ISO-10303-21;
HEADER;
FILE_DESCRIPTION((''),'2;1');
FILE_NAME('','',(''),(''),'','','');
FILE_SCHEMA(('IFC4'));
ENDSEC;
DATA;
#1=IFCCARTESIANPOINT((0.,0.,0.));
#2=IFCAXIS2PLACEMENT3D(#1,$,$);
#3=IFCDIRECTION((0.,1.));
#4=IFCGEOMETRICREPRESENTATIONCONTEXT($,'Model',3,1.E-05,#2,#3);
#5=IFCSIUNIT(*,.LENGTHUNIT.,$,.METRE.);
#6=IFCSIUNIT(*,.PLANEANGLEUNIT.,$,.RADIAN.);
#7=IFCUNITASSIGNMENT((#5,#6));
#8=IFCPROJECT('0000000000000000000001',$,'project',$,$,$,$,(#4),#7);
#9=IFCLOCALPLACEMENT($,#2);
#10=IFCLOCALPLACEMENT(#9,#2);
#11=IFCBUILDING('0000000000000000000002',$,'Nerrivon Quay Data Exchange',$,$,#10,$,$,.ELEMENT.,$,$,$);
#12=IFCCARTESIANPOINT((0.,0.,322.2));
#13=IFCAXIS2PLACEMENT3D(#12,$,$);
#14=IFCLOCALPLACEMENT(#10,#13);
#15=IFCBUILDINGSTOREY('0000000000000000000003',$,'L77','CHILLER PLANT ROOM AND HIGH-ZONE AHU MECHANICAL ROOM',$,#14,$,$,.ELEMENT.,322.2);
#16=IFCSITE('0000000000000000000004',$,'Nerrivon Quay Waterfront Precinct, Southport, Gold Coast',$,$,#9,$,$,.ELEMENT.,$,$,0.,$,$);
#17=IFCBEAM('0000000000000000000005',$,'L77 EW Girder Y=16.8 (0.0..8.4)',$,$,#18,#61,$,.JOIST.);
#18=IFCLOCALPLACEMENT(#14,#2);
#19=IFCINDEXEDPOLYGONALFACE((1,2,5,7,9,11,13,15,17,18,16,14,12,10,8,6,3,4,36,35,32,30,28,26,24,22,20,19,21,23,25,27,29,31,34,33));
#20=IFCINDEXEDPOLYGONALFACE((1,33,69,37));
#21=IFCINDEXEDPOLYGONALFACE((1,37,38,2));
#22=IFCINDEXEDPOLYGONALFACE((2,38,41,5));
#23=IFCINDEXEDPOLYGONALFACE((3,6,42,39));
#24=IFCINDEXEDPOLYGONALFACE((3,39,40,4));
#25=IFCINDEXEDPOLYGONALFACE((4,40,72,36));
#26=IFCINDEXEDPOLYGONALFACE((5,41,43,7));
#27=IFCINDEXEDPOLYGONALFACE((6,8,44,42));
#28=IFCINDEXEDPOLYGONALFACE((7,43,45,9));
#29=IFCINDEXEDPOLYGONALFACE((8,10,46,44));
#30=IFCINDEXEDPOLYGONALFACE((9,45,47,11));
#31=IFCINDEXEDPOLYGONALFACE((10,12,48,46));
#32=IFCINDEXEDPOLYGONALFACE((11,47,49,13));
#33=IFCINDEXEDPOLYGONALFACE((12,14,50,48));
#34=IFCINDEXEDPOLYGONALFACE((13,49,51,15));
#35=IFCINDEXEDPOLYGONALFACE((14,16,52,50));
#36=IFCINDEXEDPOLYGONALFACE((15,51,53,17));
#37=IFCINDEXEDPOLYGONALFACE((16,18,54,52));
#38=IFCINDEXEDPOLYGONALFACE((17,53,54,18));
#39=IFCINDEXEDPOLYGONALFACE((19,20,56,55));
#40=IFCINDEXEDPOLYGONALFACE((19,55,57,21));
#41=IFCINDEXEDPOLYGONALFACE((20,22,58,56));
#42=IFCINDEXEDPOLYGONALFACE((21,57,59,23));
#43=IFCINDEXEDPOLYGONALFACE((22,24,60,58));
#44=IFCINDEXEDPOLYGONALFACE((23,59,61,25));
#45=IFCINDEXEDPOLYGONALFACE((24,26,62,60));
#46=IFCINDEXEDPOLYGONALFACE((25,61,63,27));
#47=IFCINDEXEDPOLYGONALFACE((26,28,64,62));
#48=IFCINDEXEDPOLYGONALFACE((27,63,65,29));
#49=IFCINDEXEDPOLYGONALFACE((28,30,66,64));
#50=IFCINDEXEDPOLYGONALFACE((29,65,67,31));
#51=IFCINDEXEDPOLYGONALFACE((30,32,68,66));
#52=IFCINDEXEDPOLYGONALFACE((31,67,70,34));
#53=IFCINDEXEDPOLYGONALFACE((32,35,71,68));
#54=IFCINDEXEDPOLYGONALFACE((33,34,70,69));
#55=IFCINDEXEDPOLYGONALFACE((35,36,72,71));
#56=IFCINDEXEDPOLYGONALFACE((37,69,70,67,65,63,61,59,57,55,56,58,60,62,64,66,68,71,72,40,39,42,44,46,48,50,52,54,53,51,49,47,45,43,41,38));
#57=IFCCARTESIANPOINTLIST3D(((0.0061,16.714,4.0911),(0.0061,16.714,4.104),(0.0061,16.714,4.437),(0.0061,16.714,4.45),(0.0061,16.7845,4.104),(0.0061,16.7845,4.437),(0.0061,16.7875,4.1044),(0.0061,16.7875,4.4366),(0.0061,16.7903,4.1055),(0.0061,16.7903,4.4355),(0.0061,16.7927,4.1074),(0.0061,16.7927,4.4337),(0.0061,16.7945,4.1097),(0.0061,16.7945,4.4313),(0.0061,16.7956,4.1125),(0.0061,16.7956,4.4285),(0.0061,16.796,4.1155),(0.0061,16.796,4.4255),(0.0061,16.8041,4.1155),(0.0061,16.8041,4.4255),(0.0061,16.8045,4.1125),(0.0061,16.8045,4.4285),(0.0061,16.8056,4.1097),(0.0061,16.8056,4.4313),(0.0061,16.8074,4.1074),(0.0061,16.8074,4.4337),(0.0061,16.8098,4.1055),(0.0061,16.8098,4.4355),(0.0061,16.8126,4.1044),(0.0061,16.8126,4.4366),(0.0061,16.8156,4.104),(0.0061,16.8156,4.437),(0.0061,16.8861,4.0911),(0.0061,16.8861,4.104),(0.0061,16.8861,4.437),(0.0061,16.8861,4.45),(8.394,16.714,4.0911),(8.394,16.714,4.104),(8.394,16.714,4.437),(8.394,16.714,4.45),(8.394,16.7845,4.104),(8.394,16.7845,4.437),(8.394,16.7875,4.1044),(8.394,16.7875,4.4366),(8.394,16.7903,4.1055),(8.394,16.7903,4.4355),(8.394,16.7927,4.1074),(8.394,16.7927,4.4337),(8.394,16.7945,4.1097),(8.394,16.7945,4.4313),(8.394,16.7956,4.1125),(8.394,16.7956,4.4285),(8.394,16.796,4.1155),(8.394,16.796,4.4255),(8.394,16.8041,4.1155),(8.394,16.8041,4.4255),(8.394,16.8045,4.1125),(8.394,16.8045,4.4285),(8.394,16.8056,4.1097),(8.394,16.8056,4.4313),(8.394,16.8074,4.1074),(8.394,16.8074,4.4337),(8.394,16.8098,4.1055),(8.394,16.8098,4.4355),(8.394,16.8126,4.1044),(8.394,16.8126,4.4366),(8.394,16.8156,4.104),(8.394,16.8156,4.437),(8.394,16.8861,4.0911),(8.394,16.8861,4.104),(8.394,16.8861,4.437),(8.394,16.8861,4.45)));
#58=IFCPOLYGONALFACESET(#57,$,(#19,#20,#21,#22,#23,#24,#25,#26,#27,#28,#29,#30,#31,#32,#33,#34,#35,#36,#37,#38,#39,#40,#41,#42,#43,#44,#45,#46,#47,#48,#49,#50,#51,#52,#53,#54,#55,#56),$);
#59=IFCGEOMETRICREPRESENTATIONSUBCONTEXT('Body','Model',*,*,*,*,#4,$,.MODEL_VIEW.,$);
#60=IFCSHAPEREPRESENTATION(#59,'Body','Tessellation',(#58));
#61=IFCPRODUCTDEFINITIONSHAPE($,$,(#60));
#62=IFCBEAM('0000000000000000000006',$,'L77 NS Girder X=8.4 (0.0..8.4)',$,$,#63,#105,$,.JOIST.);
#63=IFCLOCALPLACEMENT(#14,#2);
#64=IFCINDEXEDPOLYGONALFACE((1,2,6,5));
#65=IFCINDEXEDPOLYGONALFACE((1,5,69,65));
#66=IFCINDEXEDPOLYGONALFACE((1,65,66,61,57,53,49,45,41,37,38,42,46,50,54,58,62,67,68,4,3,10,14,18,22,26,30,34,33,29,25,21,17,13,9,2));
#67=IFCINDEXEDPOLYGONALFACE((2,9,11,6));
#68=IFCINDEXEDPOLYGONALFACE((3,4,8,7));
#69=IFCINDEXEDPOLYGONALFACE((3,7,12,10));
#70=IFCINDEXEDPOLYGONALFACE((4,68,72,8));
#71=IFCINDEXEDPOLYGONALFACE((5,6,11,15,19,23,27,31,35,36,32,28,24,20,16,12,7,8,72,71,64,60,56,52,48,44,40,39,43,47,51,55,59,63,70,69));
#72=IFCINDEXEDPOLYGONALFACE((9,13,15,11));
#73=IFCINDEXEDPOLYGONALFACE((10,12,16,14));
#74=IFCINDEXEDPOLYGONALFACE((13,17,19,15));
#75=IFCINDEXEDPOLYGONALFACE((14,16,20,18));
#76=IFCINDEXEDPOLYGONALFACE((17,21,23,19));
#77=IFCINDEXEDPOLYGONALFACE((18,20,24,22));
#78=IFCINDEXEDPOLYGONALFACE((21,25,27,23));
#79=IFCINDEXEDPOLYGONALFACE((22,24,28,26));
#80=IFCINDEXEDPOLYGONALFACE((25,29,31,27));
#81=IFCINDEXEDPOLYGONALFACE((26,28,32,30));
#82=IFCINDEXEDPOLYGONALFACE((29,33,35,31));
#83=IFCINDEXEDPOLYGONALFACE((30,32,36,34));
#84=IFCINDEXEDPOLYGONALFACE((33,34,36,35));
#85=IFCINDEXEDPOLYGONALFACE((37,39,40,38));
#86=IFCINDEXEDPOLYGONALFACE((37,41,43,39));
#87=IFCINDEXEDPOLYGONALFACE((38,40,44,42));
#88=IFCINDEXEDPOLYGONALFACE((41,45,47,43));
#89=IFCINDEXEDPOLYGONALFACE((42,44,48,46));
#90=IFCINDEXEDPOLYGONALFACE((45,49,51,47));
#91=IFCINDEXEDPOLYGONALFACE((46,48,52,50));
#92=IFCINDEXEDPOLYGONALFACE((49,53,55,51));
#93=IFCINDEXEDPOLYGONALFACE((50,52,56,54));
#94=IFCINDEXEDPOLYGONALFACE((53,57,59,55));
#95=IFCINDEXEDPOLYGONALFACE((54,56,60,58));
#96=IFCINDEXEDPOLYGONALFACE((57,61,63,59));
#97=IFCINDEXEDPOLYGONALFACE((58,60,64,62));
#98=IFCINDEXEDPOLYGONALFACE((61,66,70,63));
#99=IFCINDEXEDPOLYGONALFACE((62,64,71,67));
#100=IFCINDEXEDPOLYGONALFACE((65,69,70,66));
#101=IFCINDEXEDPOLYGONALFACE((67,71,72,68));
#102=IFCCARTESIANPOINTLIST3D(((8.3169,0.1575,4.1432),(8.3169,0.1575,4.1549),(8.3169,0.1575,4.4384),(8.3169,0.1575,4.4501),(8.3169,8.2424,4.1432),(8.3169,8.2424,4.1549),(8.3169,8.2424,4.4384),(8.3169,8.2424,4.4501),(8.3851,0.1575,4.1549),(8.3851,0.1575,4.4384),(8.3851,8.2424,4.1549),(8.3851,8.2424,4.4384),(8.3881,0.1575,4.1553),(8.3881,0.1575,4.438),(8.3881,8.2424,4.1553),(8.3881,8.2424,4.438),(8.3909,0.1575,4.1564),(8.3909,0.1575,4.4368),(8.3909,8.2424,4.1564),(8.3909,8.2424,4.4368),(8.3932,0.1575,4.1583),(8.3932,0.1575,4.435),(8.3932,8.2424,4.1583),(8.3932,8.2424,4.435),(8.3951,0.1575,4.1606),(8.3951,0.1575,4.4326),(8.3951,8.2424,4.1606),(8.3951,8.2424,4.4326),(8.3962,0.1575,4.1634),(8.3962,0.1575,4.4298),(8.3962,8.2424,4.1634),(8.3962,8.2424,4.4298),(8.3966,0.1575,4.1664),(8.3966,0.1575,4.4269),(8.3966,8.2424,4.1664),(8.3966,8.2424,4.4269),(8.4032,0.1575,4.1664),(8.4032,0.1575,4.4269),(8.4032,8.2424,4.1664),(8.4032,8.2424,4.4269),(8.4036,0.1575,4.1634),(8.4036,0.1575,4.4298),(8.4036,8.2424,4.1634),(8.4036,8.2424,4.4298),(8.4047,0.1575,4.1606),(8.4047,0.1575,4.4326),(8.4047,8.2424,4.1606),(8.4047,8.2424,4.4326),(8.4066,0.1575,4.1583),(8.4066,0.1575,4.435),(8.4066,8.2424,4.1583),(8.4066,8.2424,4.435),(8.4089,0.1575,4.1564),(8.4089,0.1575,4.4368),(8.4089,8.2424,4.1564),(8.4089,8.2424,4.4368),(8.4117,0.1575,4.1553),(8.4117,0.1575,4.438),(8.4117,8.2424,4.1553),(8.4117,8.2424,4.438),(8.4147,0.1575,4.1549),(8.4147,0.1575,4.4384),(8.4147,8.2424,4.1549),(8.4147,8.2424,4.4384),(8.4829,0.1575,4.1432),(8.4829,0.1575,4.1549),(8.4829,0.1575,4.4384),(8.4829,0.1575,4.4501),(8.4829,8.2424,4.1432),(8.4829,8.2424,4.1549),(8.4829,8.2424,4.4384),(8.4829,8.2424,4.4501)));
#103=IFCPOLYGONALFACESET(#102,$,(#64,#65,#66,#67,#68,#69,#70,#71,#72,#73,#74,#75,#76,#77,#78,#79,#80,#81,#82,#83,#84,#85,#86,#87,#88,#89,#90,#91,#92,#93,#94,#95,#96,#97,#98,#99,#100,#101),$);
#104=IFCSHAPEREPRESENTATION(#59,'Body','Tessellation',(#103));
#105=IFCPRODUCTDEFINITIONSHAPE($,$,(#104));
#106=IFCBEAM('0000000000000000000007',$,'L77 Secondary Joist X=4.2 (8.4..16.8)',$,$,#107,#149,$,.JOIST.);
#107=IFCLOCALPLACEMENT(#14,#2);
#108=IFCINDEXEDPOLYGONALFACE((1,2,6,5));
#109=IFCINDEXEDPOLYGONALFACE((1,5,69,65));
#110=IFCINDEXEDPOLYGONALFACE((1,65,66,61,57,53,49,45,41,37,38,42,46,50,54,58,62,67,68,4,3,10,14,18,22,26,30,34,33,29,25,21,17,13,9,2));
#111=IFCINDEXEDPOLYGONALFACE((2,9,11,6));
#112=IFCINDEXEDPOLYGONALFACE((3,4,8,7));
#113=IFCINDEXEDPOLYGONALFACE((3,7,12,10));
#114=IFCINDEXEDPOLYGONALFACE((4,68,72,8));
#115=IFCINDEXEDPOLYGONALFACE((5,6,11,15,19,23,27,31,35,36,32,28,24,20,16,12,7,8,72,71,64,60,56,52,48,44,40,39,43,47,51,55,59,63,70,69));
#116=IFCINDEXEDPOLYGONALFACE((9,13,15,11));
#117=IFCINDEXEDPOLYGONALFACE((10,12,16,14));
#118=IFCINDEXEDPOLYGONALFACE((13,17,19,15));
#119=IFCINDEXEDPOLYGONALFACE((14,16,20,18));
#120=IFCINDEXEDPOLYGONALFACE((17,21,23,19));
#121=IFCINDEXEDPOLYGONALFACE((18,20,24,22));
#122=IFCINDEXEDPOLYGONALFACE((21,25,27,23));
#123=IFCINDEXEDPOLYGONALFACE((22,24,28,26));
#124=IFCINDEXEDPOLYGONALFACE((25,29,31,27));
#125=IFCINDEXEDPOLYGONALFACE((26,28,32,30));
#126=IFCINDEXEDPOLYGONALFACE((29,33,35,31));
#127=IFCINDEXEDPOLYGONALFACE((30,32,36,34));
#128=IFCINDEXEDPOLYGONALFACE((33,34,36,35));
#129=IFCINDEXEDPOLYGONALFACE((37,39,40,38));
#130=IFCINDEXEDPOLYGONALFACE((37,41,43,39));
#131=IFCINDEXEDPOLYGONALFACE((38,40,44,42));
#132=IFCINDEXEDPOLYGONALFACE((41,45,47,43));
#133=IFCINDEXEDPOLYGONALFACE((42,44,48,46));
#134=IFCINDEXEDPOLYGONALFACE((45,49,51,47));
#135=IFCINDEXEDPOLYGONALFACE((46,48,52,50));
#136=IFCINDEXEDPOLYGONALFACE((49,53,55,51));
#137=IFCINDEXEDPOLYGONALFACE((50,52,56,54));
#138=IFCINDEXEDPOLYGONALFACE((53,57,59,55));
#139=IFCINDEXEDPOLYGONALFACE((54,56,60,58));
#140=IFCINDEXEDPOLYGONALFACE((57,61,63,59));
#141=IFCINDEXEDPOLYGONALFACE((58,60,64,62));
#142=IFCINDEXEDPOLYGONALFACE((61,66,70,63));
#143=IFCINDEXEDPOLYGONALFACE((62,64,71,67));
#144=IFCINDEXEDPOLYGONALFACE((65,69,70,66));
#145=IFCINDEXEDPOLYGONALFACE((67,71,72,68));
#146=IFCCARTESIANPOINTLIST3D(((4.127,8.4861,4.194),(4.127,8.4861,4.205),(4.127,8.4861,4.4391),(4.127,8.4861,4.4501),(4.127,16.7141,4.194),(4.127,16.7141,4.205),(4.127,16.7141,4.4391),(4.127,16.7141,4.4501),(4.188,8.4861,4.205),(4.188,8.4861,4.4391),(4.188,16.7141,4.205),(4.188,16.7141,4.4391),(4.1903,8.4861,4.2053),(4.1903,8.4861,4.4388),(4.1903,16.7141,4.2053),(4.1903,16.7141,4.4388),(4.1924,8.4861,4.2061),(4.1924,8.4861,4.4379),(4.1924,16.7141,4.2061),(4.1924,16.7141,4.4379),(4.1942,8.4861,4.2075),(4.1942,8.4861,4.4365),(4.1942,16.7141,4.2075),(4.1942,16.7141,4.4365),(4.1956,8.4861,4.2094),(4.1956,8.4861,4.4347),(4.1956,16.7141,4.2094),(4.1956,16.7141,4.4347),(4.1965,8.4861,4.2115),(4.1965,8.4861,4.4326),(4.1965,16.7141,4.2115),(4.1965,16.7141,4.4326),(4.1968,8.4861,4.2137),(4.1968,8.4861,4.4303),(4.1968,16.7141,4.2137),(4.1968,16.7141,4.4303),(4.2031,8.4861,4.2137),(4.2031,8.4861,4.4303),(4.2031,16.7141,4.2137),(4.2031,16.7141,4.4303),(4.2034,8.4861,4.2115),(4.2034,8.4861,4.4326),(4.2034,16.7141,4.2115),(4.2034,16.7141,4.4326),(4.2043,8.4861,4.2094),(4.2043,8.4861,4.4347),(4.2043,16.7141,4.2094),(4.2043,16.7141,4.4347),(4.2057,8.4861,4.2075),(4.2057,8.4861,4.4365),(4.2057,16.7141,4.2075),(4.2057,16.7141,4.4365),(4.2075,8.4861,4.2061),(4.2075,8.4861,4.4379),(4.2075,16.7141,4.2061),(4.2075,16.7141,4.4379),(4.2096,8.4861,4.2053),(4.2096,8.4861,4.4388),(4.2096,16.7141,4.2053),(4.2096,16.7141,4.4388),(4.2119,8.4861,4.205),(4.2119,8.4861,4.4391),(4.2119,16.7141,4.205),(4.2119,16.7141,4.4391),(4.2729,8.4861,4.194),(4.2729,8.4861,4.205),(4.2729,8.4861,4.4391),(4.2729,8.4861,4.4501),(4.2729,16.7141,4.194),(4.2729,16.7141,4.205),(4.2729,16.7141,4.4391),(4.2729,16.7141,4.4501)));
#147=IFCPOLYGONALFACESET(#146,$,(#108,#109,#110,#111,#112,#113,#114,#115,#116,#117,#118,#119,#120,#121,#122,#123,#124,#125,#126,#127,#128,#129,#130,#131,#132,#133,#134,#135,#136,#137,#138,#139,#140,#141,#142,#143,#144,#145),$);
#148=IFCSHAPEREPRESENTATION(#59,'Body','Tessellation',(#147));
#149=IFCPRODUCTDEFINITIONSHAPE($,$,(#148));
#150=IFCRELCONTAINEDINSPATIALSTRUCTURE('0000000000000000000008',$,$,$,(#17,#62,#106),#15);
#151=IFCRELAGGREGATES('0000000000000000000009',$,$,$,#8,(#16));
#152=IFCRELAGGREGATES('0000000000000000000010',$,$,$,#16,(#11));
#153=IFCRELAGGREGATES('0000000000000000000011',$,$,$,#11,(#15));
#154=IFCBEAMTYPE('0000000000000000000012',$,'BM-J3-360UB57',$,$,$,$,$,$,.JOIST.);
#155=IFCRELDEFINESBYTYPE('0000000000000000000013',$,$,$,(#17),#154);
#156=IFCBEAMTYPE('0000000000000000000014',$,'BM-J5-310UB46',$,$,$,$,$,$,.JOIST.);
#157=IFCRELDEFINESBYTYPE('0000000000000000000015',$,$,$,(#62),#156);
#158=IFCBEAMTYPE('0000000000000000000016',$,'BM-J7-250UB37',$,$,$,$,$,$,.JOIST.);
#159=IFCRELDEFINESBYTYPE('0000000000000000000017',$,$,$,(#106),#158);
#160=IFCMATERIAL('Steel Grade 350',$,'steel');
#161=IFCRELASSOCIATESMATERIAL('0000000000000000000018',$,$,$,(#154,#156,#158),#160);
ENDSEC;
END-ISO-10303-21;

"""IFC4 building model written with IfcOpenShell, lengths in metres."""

from ifc_helpers import new_model, si_unit, direction, frame, origin, origin_2d, place, context, subcontext, project, spatial, i_section, extrude, material, material_profile, profile_set, type_object, element, save


model = new_model("IFC4")

# Units and contexts
model_context = context("Model", 3, precision=1e-05, world=origin(), true_north=direction((0.0, 1.0)))
body_context = subcontext(model_context, "Body", "Model", "MODEL_VIEW")
ifc_project = project(units=[si_unit("LENGTHUNIT", "METRE"), si_unit("PLANEANGLEUNIT", "RADIAN")], contexts=[model_context])

# Site, building, storey
site_placement = place(None, origin())
site = spatial("IfcSite", under=ifc_project, at=site_placement, Name="Nerrivon Quay Waterfront Precinct, Southport, Gold Coast", CompositionType="ELEMENT", RefElevation=0.0)
building_placement = place(site_placement, origin())
building = spatial("IfcBuilding", under=site, at=building_placement, Name="Nerrivon Quay Data Exchange", CompositionType="ELEMENT")
storey_placement = place(building_placement, frame((0.0, 0.0, 322.2)))
storey = spatial("IfcBuildingStorey", under=building, at=storey_placement, Name="L77", Description="CHILLER PLANT ROOM AND HIGH-ZONE AHU MECHANICAL ROOM", CompositionType="ELEMENT", Elevation=322.2)

# Shared definitions
ifc_material_1 = material(Name="Steel Grade 350", Category="steel")

# Beams
ifc_material_profile_1 = material_profile(ifc_material_1, i_section(OverallWidth=0.1721, OverallDepth=0.3589, WebThickness=0.0081, FlangeThickness=0.0129, FilletRadius=0.0115, at=origin_2d()), Name="360UB56.7")
ifc_profile_set_1 = profile_set([ifc_material_profile_1], Name="Steel Grade 350")
beam_type_1 = type_object("IfcBeamType", Name="BM-J3-360UB57", PredefinedType="JOIST", material=ifc_profile_set_1)
for number, where, z_axis, x_axis, name in (
    (1, (0.0061, 16.8, 4.2705), (1.0, 0.0, 0.0), (0.0, 1.0, 0.0), "L77 EW Girder Y=16.8 (0.0..8.4)"),
):
    element("IfcBeam", number, at=place(storey_placement, frame(where, z_axis=z_axis, x_axis=x_axis)), inside=storey, type_object=beam_type_1, Name=name, PredefinedType="JOIST", context=body_context, shape_type="SweptSolid", body=[
        extrude(i_section(OverallWidth=0.1721, OverallDepth=0.3589, WebThickness=0.0081, FlangeThickness=0.0129, FilletRadius=0.0115, at=origin_2d()), origin(), (0.0, 0.0, 1.0), 8.3879),
    ])
ifc_material_profile_2 = material_profile(ifc_material_1, i_section(OverallWidth=0.166, OverallDepth=0.3069, WebThickness=0.0066, FlangeThickness=0.0117, FilletRadius=0.0115, at=origin_2d()), Name="310UB46.2")
ifc_profile_set_2 = profile_set([ifc_material_profile_2], Name="Steel Grade 350")
beam_type_2 = type_object("IfcBeamType", Name="BM-J5-310UB46", PredefinedType="JOIST", material=ifc_profile_set_2)
beam_1_placement = place(storey_placement, frame((8.3999, 0.1575, 4.2966), z_axis=(0.0, 1.0, 0.0), x_axis=(-1.0, 0.0, 0.0)))
element("IfcBeam", 2, at=beam_1_placement, inside=storey, type_object=beam_type_2, Name="L77 NS Girder X=8.4 (0.0..8.4)", PredefinedType="JOIST", context=body_context, shape_type="SweptSolid", body=[
    extrude(i_section(OverallWidth=0.166, OverallDepth=0.3069, WebThickness=0.0066, FlangeThickness=0.0117, FilletRadius=0.0115, at=origin_2d()), origin(), (0.0, 0.0, 1.0), 8.085),
])
ifc_material_profile_3 = material_profile(ifc_material_1, i_section(OverallWidth=0.146, OverallDepth=0.2561, WebThickness=0.0063, FlangeThickness=0.011, FilletRadius=0.0088, at=origin_2d()), Name="250UB37.3")
ifc_profile_set_3 = profile_set([ifc_material_profile_3], Name="Steel Grade 350")
beam_type_3 = type_object("IfcBeamType", Name="BM-J7-250UB37", PredefinedType="JOIST", material=ifc_profile_set_3)
beam_2_placement = place(storey_placement, frame((4.2, 8.4861, 4.322), z_axis=(0.0, 1.0, 0.0), x_axis=(-1.0, 0.0, 0.0)))
element("IfcBeam", 3, at=beam_2_placement, inside=storey, type_object=beam_type_3, Name="L77 Secondary Joist X=4.2 (8.4..16.8)", PredefinedType="JOIST", context=body_context, shape_type="SweptSolid", body=[
    extrude(i_section(OverallWidth=0.146, OverallDepth=0.2561, WebThickness=0.0063, FlangeThickness=0.011, FilletRadius=0.0088, at=origin_2d()), origin(), (0.0, 0.0, 1.0), 8.228),
])

save(model, "model.ifc")
